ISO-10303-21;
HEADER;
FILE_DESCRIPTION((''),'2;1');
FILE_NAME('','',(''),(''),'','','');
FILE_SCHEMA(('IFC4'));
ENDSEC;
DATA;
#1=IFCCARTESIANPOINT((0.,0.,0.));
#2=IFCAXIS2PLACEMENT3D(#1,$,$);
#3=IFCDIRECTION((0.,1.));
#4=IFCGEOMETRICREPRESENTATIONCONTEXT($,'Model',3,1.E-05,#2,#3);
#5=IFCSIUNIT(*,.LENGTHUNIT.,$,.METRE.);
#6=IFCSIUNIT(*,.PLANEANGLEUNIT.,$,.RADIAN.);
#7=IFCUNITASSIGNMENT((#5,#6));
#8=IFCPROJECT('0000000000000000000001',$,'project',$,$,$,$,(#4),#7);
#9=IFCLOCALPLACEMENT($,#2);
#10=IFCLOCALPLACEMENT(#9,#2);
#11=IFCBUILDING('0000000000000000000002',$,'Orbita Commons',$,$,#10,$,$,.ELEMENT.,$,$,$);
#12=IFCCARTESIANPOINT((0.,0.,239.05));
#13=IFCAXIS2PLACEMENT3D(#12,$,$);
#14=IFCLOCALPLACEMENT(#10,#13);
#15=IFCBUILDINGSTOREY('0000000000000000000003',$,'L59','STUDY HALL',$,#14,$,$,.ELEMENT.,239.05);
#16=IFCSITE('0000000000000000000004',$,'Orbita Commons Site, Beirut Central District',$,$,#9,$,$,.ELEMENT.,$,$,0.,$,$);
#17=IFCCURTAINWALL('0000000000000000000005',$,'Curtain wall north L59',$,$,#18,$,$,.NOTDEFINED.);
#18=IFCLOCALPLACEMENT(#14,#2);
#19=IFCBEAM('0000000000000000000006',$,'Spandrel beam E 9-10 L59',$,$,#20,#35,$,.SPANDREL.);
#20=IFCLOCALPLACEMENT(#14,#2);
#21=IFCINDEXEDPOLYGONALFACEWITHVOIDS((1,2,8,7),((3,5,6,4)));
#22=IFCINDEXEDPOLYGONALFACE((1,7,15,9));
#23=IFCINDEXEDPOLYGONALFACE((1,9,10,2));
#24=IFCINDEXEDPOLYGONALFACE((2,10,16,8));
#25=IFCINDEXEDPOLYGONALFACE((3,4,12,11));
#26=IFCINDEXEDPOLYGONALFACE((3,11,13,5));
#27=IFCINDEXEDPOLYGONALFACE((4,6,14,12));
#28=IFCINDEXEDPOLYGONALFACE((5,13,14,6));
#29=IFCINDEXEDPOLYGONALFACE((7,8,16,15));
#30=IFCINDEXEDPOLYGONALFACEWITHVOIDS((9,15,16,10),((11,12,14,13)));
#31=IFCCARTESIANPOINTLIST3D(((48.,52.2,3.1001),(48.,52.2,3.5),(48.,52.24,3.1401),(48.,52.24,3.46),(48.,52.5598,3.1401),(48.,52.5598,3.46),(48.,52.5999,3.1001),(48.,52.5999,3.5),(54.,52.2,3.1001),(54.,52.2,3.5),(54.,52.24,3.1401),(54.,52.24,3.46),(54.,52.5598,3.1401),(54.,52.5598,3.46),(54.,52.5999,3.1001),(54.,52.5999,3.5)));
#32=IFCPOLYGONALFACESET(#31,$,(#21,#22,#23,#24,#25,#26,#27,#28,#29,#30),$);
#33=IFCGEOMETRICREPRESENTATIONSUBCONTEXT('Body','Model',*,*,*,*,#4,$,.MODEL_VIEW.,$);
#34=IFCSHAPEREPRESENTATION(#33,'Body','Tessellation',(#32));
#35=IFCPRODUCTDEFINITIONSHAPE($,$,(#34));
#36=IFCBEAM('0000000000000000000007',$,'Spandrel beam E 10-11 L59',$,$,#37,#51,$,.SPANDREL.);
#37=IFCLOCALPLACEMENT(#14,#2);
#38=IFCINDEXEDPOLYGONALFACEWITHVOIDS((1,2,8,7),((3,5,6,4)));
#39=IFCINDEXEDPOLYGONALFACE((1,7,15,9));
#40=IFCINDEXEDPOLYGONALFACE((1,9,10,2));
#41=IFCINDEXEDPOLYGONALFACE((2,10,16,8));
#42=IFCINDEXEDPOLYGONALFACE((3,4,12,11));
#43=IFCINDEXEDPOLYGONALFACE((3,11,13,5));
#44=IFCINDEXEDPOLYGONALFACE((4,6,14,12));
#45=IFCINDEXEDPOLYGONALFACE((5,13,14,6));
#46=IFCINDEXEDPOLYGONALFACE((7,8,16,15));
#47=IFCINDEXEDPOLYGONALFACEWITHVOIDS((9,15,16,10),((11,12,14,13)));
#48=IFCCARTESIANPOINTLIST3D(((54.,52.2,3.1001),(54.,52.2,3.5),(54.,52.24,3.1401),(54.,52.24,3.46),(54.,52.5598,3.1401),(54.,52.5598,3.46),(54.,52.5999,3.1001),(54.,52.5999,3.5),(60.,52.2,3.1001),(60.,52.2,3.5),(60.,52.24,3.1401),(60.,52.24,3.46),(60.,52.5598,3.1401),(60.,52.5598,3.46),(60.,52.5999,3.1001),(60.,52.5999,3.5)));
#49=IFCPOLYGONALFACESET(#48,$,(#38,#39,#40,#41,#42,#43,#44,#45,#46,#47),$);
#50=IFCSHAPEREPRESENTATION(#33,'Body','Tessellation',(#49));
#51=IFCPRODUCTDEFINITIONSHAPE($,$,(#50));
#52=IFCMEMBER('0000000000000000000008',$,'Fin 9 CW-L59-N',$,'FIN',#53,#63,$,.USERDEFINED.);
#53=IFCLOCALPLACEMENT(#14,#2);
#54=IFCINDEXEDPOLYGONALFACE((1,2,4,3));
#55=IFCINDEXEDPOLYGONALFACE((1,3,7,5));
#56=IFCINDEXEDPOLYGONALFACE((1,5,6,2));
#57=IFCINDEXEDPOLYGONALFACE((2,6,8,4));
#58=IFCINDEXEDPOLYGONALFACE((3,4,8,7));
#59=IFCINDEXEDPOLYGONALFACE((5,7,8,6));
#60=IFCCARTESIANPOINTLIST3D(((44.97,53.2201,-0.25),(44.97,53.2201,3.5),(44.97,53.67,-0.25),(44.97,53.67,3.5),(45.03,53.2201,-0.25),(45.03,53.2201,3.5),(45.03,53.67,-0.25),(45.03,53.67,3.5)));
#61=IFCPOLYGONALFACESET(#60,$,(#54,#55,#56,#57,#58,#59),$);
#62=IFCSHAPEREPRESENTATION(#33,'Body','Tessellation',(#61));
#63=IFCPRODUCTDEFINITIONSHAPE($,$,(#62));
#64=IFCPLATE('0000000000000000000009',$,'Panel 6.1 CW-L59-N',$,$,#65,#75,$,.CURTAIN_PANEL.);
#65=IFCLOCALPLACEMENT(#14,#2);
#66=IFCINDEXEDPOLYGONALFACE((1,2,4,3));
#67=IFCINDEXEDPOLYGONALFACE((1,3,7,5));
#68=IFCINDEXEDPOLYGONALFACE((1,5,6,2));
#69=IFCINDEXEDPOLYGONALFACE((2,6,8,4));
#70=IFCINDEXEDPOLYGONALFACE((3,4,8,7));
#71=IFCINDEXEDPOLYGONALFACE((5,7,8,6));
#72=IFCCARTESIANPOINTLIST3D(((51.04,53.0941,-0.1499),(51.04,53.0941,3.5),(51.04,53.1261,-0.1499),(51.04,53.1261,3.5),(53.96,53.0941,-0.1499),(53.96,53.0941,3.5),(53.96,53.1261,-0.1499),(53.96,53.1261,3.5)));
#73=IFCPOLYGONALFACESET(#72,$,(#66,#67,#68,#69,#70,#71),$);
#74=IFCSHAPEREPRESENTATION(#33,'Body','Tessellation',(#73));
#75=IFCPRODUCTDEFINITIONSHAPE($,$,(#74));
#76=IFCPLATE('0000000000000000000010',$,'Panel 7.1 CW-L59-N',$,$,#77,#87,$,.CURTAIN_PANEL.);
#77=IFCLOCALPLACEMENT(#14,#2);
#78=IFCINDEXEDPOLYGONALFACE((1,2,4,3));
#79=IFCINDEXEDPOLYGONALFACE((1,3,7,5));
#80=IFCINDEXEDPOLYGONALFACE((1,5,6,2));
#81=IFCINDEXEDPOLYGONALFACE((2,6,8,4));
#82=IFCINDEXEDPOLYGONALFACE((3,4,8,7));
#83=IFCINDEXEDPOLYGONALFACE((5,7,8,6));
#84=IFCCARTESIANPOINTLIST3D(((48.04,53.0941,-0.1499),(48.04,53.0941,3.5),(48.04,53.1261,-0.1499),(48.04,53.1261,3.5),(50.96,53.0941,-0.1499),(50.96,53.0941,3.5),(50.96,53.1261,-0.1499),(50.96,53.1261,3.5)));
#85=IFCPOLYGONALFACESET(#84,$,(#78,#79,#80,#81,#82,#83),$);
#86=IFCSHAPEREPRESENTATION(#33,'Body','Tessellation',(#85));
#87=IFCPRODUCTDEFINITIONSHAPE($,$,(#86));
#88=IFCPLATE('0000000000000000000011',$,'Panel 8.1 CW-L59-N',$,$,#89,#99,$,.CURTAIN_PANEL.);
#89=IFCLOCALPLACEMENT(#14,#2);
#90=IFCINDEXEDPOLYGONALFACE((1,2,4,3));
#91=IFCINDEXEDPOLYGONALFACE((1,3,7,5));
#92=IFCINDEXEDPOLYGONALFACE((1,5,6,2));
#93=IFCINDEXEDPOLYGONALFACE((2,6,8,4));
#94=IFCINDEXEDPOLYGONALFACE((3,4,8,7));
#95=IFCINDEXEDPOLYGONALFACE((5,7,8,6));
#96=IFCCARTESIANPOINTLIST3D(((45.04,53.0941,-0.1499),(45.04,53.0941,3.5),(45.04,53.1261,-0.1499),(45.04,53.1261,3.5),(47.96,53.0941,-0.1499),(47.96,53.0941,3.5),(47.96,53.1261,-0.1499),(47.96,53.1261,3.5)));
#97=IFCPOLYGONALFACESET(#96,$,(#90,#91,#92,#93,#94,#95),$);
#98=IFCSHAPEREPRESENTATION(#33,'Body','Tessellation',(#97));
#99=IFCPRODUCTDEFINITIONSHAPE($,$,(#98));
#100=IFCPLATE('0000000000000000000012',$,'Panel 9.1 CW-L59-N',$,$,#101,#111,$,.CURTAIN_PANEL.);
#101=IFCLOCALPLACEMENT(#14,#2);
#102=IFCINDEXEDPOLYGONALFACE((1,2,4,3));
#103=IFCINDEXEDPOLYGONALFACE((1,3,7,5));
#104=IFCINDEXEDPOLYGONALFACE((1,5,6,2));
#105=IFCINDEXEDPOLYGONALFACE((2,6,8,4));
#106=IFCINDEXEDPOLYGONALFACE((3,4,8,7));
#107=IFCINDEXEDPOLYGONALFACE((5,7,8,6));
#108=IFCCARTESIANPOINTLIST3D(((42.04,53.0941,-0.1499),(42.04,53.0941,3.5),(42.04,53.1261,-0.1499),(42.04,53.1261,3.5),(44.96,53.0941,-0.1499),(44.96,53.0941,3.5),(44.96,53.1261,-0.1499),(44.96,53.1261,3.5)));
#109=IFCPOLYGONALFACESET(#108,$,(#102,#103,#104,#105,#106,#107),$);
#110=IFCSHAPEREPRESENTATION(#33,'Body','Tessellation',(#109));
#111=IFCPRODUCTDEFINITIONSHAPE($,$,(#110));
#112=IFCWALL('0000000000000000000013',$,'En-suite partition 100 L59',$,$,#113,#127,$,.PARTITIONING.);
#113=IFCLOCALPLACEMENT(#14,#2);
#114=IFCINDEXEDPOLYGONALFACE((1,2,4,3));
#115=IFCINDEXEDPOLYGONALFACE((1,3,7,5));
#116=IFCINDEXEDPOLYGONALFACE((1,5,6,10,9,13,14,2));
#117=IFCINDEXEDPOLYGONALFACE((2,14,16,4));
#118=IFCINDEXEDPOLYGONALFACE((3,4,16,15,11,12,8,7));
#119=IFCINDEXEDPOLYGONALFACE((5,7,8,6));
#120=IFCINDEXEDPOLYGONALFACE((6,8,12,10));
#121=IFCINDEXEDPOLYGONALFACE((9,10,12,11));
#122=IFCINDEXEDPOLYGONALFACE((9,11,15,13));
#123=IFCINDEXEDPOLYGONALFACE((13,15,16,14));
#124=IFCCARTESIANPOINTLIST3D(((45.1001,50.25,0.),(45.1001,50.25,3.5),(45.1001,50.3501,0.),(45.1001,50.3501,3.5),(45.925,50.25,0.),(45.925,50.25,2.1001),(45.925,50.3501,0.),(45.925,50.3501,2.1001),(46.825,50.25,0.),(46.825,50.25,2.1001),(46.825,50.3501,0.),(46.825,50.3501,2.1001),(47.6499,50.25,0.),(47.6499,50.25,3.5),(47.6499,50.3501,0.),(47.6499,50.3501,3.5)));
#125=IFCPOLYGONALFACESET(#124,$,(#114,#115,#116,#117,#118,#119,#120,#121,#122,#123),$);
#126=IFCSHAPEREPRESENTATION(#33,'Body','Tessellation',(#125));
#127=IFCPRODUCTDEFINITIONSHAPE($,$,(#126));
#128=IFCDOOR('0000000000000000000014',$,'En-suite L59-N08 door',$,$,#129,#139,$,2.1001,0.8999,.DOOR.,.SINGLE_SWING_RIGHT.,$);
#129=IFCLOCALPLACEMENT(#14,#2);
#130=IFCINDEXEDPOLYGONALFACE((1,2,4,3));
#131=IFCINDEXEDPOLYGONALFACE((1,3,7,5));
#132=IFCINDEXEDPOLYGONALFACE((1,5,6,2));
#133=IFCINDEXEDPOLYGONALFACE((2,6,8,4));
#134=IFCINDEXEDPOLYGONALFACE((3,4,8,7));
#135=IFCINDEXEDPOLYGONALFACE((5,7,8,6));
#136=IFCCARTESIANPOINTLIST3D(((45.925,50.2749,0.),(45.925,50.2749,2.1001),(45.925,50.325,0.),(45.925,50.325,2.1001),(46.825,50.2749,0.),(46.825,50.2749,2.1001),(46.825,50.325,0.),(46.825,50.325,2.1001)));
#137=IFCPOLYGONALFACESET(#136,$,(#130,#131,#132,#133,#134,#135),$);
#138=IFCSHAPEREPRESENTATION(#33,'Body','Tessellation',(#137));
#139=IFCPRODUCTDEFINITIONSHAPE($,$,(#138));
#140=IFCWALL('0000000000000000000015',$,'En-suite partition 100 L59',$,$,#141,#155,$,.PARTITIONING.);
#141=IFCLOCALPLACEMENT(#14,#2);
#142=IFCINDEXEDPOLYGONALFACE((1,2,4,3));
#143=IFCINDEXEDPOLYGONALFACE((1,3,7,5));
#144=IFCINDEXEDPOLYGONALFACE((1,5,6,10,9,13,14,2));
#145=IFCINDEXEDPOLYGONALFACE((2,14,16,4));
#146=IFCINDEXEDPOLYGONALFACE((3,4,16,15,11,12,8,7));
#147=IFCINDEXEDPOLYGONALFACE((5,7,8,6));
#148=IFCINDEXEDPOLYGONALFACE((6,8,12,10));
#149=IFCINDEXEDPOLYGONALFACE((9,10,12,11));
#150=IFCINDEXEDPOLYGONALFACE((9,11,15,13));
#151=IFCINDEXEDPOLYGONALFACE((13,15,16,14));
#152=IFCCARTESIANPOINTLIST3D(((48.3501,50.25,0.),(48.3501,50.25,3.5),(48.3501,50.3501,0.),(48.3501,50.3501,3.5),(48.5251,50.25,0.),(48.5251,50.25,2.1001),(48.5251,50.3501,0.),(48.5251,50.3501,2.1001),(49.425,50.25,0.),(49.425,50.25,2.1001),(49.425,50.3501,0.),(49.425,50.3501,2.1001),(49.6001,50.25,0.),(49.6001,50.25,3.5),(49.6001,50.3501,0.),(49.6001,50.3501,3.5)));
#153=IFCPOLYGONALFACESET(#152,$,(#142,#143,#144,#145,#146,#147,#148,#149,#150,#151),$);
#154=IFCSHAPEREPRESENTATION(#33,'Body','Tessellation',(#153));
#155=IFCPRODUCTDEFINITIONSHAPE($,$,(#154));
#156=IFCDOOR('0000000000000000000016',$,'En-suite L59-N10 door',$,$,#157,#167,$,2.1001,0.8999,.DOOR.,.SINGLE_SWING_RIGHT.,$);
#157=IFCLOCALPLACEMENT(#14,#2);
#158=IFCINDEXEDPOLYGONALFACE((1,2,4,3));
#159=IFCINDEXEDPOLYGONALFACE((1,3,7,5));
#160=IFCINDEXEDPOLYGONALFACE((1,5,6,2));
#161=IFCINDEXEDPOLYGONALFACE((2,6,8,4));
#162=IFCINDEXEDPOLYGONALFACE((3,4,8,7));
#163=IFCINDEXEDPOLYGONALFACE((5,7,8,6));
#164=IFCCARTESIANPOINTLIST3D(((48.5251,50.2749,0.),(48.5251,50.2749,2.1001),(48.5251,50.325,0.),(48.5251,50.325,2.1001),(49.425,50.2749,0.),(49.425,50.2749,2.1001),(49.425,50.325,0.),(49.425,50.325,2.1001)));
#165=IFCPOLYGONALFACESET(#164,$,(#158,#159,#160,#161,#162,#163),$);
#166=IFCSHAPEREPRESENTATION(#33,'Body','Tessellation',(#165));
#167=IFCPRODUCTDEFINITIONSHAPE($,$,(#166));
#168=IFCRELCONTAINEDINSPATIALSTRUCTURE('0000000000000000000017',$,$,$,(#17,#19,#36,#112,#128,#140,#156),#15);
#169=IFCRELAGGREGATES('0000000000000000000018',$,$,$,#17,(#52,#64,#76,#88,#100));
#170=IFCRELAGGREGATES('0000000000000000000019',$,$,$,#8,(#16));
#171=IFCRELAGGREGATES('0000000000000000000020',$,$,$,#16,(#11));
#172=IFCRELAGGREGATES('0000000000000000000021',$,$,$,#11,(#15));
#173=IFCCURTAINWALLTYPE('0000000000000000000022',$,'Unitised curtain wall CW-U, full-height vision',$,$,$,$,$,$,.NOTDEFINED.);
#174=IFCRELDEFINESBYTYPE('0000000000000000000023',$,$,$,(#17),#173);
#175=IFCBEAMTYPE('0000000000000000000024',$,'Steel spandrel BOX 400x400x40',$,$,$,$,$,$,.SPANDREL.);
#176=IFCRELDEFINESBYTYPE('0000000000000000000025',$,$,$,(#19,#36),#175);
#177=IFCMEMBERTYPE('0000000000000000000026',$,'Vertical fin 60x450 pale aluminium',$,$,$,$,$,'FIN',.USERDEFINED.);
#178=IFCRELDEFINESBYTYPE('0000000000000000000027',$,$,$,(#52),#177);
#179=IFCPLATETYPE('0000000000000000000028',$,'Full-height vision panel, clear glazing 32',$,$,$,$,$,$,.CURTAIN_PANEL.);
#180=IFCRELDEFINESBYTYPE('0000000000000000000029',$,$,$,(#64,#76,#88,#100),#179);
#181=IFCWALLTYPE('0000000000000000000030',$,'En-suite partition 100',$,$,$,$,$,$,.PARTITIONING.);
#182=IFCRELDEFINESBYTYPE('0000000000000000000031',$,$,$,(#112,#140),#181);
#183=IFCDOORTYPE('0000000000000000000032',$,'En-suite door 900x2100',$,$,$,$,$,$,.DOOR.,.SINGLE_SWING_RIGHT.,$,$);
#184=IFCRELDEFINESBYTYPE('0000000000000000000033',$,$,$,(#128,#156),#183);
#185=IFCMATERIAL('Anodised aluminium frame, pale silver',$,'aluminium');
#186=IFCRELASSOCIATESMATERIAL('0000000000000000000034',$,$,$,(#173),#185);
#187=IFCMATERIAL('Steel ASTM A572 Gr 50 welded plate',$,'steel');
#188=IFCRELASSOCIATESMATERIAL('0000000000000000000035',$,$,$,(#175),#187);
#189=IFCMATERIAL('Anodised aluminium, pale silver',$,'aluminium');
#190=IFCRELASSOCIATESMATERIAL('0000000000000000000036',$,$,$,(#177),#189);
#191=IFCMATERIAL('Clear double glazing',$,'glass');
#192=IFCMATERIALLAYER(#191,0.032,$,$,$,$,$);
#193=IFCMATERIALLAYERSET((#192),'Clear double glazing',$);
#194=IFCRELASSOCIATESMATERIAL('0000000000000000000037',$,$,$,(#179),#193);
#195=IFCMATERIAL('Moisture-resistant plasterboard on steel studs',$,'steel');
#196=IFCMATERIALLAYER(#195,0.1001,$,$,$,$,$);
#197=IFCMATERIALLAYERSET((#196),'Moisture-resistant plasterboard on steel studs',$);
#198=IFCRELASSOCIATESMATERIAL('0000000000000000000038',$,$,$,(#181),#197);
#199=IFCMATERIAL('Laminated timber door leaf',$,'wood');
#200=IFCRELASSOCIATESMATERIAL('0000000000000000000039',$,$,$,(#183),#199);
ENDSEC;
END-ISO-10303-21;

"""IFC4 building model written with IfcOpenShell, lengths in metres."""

from ifc_helpers import new_model, si_unit, direction, frame, frame_2d, origin, origin_2d, place, context, subcontext, project, spatial, rectangle, hollow_rectangle, extrude, material, layer, layer_set, material_profile, profile_set, type_object, element, fill, aggregate, save


model = new_model("IFC4")

# Units and contexts
model_context = context("Model", 3, precision=1e-05, world=origin(), true_north=direction((0.0, 1.0)))
body_context = subcontext(model_context, "Body", "Model", "MODEL_VIEW")
ifc_project = project(units=[si_unit("LENGTHUNIT", "METRE"), si_unit("PLANEANGLEUNIT", "RADIAN")], contexts=[model_context])

# Site, building, storey
site_placement = place(None, origin())
site = spatial("IfcSite", under=ifc_project, at=site_placement, Name="Orbita Commons Site, Beirut Central District", CompositionType="ELEMENT", RefElevation=0.0)
building_placement = place(site_placement, origin())
building = spatial("IfcBuilding", under=site, at=building_placement, Name="Orbita Commons", CompositionType="ELEMENT")
storey_placement = place(building_placement, frame((0.0, 0.0, 239.05)))
storey = spatial("IfcBuildingStorey", under=building, at=storey_placement, Name="L59", Description="STUDY HALL", CompositionType="ELEMENT", Elevation=239.05)

# Curtain wall
ifc_material_1 = material(Name="Anodised aluminium frame, pale silver", Category="aluminium")
curtain_wall_type = type_object("IfcCurtainWallType", Name="Unitised curtain wall CW-U, full-height vision", PredefinedType="NOTDEFINED", material=ifc_material_1)
curtain_wall_placement = place(storey_placement, origin())
curtain_wall = element("IfcCurtainWall", 1, at=curtain_wall_placement, inside=storey, type_object=curtain_wall_type, Name="Curtain wall north L59", PredefinedType="NOTDEFINED")

# Beams
ifc_material_2 = material(Name="Steel ASTM A572 Gr 50 welded plate", Category="steel")
ifc_material_profile_1 = material_profile(ifc_material_2, hollow_rectangle(XDim=0.3999, YDim=0.3999, WallThickness=0.04, at=origin_2d()), Name="BOX 400x400x40")
ifc_profile_set_1 = profile_set([ifc_material_profile_1], Name="Steel ASTM A572 Gr 50 welded plate")
beam_type = type_object("IfcBeamType", Name="Steel spandrel BOX 400x400x40", PredefinedType="SPANDREL", material=ifc_profile_set_1)
for number, where, z_axis, x_axis, name in (
    (2, (48.0, 52.3999, 3.3), (1.0, 0.0, 0.0), (0.0, 1.0, 0.0), "Spandrel beam E 9-10 L59"),
    (3, (54.0, 52.3999, 3.3), (1.0, 0.0, 0.0), (0.0, 1.0, 0.0), "Spandrel beam E 10-11 L59"),
):
    element("IfcBeam", number, at=place(storey_placement, frame(where, z_axis=z_axis, x_axis=x_axis)), inside=storey, type_object=beam_type, Name=name, PredefinedType="SPANDREL", context=body_context, shape_type="SweptSolid", body=[
        extrude(hollow_rectangle(XDim=0.3999, YDim=0.3999, WallThickness=0.04, at=origin_2d()), origin(), (0.0, 0.0, 1.0), 6.0),
    ])

# Member
ifc_material_3 = material(Name="Anodised aluminium, pale silver", Category="aluminium")
ifc_material_profile_2 = material_profile(ifc_material_3, rectangle(XDim=0.0601, YDim=0.45, at=origin_2d()), Name="FIN 60x450")
ifc_profile_set_2 = profile_set([ifc_material_profile_2], Name="Anodised aluminium, pale silver")
member_type_1 = type_object("IfcMemberType", Name="Vertical fin 60x450 pale aluminium", ElementType="FIN", PredefinedType="USERDEFINED", material=ifc_profile_set_2)
member_1_placement = place(storey_placement, frame((45.0, 53.4451, -0.25), z_axis=(0.0, 0.0, 1.0), x_axis=(-1.0, 0.0, 0.0)))
member_1 = element("IfcMember", 4, at=member_1_placement, type_object=member_type_1, Name="Fin 9 CW-L59-N", ObjectType="FIN", PredefinedType="USERDEFINED", context=body_context, shape_type="SweptSolid", body=[
    extrude(rectangle(XDim=0.0601, YDim=0.45, at=origin_2d()), origin(), (0.0, 0.0, 1.0), 3.75),
])

# Plates
ifc_material_4 = material(Name="Clear double glazing", Category="glass")
ifc_layer_1 = layer(ifc_material_4, 0.032)
ifc_layer_set_1 = layer_set([ifc_layer_1], Name="Clear double glazing")
plate_type = type_object("IfcPlateType", Name="Full-height vision panel, clear glazing 32", PredefinedType="CURTAIN_PANEL", material=ifc_layer_set_1)
plate_1_placement = place(storey_placement, frame((52.5, 53.1101, -0.1499), z_axis=(0.0, 0.0, 1.0), x_axis=(-1.0, 0.0, 0.0)))
plate_1 = element("IfcPlate", 5, at=plate_1_placement, type_object=plate_type, Name="Panel 6.1 CW-L59-N", PredefinedType="CURTAIN_PANEL", context=body_context, shape_type="SweptSolid", body=[
    extrude(rectangle(XDim=2.9199, YDim=0.032, at=origin_2d()), origin(), (0.0, 0.0, 1.0), 3.6499),
])
plate_2_placement = place(storey_placement, frame((49.5, 53.1101, -0.1499), z_axis=(0.0, 0.0, 1.0), x_axis=(-1.0, 0.0, 0.0)))
plate_2 = element("IfcPlate", 6, at=plate_2_placement, type_object=plate_type, Name="Panel 7.1 CW-L59-N", PredefinedType="CURTAIN_PANEL", context=body_context, shape_type="SweptSolid", body=[
    extrude(rectangle(XDim=2.9199, YDim=0.032, at=origin_2d()), origin(), (0.0, 0.0, 1.0), 3.6499),
])
plate_3_placement = place(storey_placement, frame((46.5, 53.1101, -0.1499), z_axis=(0.0, 0.0, 1.0), x_axis=(-1.0, 0.0, 0.0)))
plate_3 = element("IfcPlate", 7, at=plate_3_placement, type_object=plate_type, Name="Panel 8.1 CW-L59-N", PredefinedType="CURTAIN_PANEL", context=body_context, shape_type="SweptSolid", body=[
    extrude(rectangle(XDim=2.9199, YDim=0.032, at=origin_2d()), origin(), (0.0, 0.0, 1.0), 3.6499),
])
plate_4_placement = place(storey_placement, frame((43.5, 53.1101, -0.1499), z_axis=(0.0, 0.0, 1.0), x_axis=(-1.0, 0.0, 0.0)))
plate_4 = element("IfcPlate", 8, at=plate_4_placement, type_object=plate_type, Name="Panel 9.1 CW-L59-N", PredefinedType="CURTAIN_PANEL", context=body_context, shape_type="SweptSolid", body=[
    extrude(rectangle(XDim=2.9199, YDim=0.032, at=origin_2d()), origin(), (0.0, 0.0, 1.0), 3.6499),
])
aggregate(curtain_wall, [member_1, plate_1, plate_2, plate_3, plate_4])

# Walls, openings, doors
ifc_material_5 = material(Name="Moisture-resistant plasterboard on steel studs", Category="steel")
ifc_layer_2 = layer(ifc_material_5, 0.1001)
ifc_layer_set_2 = layer_set([ifc_layer_2], Name="Moisture-resistant plasterboard on steel studs")
wall_type_1 = type_object("IfcWallType", Name="En-suite partition 100", PredefinedType="PARTITIONING", material=ifc_layer_set_2)
wall_1_placement = place(storey_placement, frame((45.1001, 50.3, 0.0), z_axis=(0.0, 0.0, 1.0), x_axis=(1.0, 0.0, 0.0)))
wall_1 = element("IfcWall", 9, at=wall_1_placement, inside=storey, type_object=wall_type_1, Name="En-suite partition 100 L59", PredefinedType="PARTITIONING", context=body_context, shape_type="SweptSolid", body=[
    extrude(rectangle(XDim=2.5498, YDim=0.1001, at=frame_2d((1.2749, 0.0))), origin(), (0.0, 0.0, 1.0), 3.5),
])
opening_1_placement = place(wall_1_placement, frame((0.825, 0.0, 0.0)))
opening_1 = element("IfcOpeningElement", 10, at=opening_1_placement, cuts=wall_1, PredefinedType="OPENING", context=body_context, shape_type="SweptSolid", body=[
    extrude(rectangle(XDim=0.8999, YDim=2.1001, at=frame_2d((0.45, 1.05))), frame((0.0, 0.0601, 0.0), z_axis=(0.0, -1.0, 0.0), x_axis=(1.0, 0.0, 0.0)), (0.0, 0.0, 1.0), 0.1201),
])
ifc_material_6 = material(Name="Laminated timber door leaf", Category="wood")
door_type = type_object("IfcDoorType", Name="En-suite door 900x2100", OperationType="SINGLE_SWING_RIGHT", PredefinedType="DOOR", material=ifc_material_6)
door_1_placement = place(opening_1_placement, origin())
door_1 = element("IfcDoor", 11, at=door_1_placement, inside=storey, type_object=door_type, Name="En-suite L59-N08 door", OperationType="SINGLE_SWING_RIGHT", OverallHeight=2.1001, OverallWidth=0.8999, PredefinedType="DOOR", context=body_context, shape_type="SweptSolid", body=[
    extrude(rectangle(XDim=0.8999, YDim=2.1001, at=frame_2d((0.45, 1.05))), frame((0.0, 0.0249, 0.0), z_axis=(0.0, -1.0, 0.0), x_axis=(1.0, 0.0, 0.0)), (0.0, 0.0, 1.0), 0.05),
])
fill(opening_1, door_1)
wall_2_placement = place(storey_placement, frame((48.3501, 50.3, 0.0), z_axis=(0.0, 0.0, 1.0), x_axis=(1.0, 0.0, 0.0)))
wall_2 = element("IfcWall", 12, at=wall_2_placement, inside=storey, type_object=wall_type_1, Name="En-suite partition 100 L59", PredefinedType="PARTITIONING", context=body_context, shape_type="SweptSolid", body=[
    extrude(rectangle(XDim=1.25, YDim=0.1001, at=frame_2d((0.625, 0.0))), origin(), (0.0, 0.0, 1.0), 3.5),
])
opening_2_placement = place(wall_2_placement, frame((0.175, 0.0, 0.0)))
opening_2 = element("IfcOpeningElement", 13, at=opening_2_placement, cuts=wall_2, PredefinedType="OPENING", context=body_context, shape_type="SweptSolid", body=[
    extrude(rectangle(XDim=0.8999, YDim=2.1001, at=frame_2d((0.45, 1.05))), frame((0.0, 0.0601, 0.0), z_axis=(0.0, -1.0, 0.0), x_axis=(1.0, 0.0, 0.0)), (0.0, 0.0, 1.0), 0.1201),
])
door_2_placement = place(opening_2_placement, origin())
door_2 = element("IfcDoor", 14, at=door_2_placement, inside=storey, type_object=door_type, Name="En-suite L59-N10 door", OperationType="SINGLE_SWING_RIGHT", OverallHeight=2.1001, OverallWidth=0.8999, PredefinedType="DOOR", context=body_context, shape_type="SweptSolid", body=[
    extrude(rectangle(XDim=0.8999, YDim=2.1001, at=frame_2d((0.45, 1.05))), frame((0.0, 0.0249, 0.0), z_axis=(0.0, -1.0, 0.0), x_axis=(1.0, 0.0, 0.0)), (0.0, 0.0, 1.0), 0.05),
])
fill(opening_2, door_2)

save(model, "model.ifc")
